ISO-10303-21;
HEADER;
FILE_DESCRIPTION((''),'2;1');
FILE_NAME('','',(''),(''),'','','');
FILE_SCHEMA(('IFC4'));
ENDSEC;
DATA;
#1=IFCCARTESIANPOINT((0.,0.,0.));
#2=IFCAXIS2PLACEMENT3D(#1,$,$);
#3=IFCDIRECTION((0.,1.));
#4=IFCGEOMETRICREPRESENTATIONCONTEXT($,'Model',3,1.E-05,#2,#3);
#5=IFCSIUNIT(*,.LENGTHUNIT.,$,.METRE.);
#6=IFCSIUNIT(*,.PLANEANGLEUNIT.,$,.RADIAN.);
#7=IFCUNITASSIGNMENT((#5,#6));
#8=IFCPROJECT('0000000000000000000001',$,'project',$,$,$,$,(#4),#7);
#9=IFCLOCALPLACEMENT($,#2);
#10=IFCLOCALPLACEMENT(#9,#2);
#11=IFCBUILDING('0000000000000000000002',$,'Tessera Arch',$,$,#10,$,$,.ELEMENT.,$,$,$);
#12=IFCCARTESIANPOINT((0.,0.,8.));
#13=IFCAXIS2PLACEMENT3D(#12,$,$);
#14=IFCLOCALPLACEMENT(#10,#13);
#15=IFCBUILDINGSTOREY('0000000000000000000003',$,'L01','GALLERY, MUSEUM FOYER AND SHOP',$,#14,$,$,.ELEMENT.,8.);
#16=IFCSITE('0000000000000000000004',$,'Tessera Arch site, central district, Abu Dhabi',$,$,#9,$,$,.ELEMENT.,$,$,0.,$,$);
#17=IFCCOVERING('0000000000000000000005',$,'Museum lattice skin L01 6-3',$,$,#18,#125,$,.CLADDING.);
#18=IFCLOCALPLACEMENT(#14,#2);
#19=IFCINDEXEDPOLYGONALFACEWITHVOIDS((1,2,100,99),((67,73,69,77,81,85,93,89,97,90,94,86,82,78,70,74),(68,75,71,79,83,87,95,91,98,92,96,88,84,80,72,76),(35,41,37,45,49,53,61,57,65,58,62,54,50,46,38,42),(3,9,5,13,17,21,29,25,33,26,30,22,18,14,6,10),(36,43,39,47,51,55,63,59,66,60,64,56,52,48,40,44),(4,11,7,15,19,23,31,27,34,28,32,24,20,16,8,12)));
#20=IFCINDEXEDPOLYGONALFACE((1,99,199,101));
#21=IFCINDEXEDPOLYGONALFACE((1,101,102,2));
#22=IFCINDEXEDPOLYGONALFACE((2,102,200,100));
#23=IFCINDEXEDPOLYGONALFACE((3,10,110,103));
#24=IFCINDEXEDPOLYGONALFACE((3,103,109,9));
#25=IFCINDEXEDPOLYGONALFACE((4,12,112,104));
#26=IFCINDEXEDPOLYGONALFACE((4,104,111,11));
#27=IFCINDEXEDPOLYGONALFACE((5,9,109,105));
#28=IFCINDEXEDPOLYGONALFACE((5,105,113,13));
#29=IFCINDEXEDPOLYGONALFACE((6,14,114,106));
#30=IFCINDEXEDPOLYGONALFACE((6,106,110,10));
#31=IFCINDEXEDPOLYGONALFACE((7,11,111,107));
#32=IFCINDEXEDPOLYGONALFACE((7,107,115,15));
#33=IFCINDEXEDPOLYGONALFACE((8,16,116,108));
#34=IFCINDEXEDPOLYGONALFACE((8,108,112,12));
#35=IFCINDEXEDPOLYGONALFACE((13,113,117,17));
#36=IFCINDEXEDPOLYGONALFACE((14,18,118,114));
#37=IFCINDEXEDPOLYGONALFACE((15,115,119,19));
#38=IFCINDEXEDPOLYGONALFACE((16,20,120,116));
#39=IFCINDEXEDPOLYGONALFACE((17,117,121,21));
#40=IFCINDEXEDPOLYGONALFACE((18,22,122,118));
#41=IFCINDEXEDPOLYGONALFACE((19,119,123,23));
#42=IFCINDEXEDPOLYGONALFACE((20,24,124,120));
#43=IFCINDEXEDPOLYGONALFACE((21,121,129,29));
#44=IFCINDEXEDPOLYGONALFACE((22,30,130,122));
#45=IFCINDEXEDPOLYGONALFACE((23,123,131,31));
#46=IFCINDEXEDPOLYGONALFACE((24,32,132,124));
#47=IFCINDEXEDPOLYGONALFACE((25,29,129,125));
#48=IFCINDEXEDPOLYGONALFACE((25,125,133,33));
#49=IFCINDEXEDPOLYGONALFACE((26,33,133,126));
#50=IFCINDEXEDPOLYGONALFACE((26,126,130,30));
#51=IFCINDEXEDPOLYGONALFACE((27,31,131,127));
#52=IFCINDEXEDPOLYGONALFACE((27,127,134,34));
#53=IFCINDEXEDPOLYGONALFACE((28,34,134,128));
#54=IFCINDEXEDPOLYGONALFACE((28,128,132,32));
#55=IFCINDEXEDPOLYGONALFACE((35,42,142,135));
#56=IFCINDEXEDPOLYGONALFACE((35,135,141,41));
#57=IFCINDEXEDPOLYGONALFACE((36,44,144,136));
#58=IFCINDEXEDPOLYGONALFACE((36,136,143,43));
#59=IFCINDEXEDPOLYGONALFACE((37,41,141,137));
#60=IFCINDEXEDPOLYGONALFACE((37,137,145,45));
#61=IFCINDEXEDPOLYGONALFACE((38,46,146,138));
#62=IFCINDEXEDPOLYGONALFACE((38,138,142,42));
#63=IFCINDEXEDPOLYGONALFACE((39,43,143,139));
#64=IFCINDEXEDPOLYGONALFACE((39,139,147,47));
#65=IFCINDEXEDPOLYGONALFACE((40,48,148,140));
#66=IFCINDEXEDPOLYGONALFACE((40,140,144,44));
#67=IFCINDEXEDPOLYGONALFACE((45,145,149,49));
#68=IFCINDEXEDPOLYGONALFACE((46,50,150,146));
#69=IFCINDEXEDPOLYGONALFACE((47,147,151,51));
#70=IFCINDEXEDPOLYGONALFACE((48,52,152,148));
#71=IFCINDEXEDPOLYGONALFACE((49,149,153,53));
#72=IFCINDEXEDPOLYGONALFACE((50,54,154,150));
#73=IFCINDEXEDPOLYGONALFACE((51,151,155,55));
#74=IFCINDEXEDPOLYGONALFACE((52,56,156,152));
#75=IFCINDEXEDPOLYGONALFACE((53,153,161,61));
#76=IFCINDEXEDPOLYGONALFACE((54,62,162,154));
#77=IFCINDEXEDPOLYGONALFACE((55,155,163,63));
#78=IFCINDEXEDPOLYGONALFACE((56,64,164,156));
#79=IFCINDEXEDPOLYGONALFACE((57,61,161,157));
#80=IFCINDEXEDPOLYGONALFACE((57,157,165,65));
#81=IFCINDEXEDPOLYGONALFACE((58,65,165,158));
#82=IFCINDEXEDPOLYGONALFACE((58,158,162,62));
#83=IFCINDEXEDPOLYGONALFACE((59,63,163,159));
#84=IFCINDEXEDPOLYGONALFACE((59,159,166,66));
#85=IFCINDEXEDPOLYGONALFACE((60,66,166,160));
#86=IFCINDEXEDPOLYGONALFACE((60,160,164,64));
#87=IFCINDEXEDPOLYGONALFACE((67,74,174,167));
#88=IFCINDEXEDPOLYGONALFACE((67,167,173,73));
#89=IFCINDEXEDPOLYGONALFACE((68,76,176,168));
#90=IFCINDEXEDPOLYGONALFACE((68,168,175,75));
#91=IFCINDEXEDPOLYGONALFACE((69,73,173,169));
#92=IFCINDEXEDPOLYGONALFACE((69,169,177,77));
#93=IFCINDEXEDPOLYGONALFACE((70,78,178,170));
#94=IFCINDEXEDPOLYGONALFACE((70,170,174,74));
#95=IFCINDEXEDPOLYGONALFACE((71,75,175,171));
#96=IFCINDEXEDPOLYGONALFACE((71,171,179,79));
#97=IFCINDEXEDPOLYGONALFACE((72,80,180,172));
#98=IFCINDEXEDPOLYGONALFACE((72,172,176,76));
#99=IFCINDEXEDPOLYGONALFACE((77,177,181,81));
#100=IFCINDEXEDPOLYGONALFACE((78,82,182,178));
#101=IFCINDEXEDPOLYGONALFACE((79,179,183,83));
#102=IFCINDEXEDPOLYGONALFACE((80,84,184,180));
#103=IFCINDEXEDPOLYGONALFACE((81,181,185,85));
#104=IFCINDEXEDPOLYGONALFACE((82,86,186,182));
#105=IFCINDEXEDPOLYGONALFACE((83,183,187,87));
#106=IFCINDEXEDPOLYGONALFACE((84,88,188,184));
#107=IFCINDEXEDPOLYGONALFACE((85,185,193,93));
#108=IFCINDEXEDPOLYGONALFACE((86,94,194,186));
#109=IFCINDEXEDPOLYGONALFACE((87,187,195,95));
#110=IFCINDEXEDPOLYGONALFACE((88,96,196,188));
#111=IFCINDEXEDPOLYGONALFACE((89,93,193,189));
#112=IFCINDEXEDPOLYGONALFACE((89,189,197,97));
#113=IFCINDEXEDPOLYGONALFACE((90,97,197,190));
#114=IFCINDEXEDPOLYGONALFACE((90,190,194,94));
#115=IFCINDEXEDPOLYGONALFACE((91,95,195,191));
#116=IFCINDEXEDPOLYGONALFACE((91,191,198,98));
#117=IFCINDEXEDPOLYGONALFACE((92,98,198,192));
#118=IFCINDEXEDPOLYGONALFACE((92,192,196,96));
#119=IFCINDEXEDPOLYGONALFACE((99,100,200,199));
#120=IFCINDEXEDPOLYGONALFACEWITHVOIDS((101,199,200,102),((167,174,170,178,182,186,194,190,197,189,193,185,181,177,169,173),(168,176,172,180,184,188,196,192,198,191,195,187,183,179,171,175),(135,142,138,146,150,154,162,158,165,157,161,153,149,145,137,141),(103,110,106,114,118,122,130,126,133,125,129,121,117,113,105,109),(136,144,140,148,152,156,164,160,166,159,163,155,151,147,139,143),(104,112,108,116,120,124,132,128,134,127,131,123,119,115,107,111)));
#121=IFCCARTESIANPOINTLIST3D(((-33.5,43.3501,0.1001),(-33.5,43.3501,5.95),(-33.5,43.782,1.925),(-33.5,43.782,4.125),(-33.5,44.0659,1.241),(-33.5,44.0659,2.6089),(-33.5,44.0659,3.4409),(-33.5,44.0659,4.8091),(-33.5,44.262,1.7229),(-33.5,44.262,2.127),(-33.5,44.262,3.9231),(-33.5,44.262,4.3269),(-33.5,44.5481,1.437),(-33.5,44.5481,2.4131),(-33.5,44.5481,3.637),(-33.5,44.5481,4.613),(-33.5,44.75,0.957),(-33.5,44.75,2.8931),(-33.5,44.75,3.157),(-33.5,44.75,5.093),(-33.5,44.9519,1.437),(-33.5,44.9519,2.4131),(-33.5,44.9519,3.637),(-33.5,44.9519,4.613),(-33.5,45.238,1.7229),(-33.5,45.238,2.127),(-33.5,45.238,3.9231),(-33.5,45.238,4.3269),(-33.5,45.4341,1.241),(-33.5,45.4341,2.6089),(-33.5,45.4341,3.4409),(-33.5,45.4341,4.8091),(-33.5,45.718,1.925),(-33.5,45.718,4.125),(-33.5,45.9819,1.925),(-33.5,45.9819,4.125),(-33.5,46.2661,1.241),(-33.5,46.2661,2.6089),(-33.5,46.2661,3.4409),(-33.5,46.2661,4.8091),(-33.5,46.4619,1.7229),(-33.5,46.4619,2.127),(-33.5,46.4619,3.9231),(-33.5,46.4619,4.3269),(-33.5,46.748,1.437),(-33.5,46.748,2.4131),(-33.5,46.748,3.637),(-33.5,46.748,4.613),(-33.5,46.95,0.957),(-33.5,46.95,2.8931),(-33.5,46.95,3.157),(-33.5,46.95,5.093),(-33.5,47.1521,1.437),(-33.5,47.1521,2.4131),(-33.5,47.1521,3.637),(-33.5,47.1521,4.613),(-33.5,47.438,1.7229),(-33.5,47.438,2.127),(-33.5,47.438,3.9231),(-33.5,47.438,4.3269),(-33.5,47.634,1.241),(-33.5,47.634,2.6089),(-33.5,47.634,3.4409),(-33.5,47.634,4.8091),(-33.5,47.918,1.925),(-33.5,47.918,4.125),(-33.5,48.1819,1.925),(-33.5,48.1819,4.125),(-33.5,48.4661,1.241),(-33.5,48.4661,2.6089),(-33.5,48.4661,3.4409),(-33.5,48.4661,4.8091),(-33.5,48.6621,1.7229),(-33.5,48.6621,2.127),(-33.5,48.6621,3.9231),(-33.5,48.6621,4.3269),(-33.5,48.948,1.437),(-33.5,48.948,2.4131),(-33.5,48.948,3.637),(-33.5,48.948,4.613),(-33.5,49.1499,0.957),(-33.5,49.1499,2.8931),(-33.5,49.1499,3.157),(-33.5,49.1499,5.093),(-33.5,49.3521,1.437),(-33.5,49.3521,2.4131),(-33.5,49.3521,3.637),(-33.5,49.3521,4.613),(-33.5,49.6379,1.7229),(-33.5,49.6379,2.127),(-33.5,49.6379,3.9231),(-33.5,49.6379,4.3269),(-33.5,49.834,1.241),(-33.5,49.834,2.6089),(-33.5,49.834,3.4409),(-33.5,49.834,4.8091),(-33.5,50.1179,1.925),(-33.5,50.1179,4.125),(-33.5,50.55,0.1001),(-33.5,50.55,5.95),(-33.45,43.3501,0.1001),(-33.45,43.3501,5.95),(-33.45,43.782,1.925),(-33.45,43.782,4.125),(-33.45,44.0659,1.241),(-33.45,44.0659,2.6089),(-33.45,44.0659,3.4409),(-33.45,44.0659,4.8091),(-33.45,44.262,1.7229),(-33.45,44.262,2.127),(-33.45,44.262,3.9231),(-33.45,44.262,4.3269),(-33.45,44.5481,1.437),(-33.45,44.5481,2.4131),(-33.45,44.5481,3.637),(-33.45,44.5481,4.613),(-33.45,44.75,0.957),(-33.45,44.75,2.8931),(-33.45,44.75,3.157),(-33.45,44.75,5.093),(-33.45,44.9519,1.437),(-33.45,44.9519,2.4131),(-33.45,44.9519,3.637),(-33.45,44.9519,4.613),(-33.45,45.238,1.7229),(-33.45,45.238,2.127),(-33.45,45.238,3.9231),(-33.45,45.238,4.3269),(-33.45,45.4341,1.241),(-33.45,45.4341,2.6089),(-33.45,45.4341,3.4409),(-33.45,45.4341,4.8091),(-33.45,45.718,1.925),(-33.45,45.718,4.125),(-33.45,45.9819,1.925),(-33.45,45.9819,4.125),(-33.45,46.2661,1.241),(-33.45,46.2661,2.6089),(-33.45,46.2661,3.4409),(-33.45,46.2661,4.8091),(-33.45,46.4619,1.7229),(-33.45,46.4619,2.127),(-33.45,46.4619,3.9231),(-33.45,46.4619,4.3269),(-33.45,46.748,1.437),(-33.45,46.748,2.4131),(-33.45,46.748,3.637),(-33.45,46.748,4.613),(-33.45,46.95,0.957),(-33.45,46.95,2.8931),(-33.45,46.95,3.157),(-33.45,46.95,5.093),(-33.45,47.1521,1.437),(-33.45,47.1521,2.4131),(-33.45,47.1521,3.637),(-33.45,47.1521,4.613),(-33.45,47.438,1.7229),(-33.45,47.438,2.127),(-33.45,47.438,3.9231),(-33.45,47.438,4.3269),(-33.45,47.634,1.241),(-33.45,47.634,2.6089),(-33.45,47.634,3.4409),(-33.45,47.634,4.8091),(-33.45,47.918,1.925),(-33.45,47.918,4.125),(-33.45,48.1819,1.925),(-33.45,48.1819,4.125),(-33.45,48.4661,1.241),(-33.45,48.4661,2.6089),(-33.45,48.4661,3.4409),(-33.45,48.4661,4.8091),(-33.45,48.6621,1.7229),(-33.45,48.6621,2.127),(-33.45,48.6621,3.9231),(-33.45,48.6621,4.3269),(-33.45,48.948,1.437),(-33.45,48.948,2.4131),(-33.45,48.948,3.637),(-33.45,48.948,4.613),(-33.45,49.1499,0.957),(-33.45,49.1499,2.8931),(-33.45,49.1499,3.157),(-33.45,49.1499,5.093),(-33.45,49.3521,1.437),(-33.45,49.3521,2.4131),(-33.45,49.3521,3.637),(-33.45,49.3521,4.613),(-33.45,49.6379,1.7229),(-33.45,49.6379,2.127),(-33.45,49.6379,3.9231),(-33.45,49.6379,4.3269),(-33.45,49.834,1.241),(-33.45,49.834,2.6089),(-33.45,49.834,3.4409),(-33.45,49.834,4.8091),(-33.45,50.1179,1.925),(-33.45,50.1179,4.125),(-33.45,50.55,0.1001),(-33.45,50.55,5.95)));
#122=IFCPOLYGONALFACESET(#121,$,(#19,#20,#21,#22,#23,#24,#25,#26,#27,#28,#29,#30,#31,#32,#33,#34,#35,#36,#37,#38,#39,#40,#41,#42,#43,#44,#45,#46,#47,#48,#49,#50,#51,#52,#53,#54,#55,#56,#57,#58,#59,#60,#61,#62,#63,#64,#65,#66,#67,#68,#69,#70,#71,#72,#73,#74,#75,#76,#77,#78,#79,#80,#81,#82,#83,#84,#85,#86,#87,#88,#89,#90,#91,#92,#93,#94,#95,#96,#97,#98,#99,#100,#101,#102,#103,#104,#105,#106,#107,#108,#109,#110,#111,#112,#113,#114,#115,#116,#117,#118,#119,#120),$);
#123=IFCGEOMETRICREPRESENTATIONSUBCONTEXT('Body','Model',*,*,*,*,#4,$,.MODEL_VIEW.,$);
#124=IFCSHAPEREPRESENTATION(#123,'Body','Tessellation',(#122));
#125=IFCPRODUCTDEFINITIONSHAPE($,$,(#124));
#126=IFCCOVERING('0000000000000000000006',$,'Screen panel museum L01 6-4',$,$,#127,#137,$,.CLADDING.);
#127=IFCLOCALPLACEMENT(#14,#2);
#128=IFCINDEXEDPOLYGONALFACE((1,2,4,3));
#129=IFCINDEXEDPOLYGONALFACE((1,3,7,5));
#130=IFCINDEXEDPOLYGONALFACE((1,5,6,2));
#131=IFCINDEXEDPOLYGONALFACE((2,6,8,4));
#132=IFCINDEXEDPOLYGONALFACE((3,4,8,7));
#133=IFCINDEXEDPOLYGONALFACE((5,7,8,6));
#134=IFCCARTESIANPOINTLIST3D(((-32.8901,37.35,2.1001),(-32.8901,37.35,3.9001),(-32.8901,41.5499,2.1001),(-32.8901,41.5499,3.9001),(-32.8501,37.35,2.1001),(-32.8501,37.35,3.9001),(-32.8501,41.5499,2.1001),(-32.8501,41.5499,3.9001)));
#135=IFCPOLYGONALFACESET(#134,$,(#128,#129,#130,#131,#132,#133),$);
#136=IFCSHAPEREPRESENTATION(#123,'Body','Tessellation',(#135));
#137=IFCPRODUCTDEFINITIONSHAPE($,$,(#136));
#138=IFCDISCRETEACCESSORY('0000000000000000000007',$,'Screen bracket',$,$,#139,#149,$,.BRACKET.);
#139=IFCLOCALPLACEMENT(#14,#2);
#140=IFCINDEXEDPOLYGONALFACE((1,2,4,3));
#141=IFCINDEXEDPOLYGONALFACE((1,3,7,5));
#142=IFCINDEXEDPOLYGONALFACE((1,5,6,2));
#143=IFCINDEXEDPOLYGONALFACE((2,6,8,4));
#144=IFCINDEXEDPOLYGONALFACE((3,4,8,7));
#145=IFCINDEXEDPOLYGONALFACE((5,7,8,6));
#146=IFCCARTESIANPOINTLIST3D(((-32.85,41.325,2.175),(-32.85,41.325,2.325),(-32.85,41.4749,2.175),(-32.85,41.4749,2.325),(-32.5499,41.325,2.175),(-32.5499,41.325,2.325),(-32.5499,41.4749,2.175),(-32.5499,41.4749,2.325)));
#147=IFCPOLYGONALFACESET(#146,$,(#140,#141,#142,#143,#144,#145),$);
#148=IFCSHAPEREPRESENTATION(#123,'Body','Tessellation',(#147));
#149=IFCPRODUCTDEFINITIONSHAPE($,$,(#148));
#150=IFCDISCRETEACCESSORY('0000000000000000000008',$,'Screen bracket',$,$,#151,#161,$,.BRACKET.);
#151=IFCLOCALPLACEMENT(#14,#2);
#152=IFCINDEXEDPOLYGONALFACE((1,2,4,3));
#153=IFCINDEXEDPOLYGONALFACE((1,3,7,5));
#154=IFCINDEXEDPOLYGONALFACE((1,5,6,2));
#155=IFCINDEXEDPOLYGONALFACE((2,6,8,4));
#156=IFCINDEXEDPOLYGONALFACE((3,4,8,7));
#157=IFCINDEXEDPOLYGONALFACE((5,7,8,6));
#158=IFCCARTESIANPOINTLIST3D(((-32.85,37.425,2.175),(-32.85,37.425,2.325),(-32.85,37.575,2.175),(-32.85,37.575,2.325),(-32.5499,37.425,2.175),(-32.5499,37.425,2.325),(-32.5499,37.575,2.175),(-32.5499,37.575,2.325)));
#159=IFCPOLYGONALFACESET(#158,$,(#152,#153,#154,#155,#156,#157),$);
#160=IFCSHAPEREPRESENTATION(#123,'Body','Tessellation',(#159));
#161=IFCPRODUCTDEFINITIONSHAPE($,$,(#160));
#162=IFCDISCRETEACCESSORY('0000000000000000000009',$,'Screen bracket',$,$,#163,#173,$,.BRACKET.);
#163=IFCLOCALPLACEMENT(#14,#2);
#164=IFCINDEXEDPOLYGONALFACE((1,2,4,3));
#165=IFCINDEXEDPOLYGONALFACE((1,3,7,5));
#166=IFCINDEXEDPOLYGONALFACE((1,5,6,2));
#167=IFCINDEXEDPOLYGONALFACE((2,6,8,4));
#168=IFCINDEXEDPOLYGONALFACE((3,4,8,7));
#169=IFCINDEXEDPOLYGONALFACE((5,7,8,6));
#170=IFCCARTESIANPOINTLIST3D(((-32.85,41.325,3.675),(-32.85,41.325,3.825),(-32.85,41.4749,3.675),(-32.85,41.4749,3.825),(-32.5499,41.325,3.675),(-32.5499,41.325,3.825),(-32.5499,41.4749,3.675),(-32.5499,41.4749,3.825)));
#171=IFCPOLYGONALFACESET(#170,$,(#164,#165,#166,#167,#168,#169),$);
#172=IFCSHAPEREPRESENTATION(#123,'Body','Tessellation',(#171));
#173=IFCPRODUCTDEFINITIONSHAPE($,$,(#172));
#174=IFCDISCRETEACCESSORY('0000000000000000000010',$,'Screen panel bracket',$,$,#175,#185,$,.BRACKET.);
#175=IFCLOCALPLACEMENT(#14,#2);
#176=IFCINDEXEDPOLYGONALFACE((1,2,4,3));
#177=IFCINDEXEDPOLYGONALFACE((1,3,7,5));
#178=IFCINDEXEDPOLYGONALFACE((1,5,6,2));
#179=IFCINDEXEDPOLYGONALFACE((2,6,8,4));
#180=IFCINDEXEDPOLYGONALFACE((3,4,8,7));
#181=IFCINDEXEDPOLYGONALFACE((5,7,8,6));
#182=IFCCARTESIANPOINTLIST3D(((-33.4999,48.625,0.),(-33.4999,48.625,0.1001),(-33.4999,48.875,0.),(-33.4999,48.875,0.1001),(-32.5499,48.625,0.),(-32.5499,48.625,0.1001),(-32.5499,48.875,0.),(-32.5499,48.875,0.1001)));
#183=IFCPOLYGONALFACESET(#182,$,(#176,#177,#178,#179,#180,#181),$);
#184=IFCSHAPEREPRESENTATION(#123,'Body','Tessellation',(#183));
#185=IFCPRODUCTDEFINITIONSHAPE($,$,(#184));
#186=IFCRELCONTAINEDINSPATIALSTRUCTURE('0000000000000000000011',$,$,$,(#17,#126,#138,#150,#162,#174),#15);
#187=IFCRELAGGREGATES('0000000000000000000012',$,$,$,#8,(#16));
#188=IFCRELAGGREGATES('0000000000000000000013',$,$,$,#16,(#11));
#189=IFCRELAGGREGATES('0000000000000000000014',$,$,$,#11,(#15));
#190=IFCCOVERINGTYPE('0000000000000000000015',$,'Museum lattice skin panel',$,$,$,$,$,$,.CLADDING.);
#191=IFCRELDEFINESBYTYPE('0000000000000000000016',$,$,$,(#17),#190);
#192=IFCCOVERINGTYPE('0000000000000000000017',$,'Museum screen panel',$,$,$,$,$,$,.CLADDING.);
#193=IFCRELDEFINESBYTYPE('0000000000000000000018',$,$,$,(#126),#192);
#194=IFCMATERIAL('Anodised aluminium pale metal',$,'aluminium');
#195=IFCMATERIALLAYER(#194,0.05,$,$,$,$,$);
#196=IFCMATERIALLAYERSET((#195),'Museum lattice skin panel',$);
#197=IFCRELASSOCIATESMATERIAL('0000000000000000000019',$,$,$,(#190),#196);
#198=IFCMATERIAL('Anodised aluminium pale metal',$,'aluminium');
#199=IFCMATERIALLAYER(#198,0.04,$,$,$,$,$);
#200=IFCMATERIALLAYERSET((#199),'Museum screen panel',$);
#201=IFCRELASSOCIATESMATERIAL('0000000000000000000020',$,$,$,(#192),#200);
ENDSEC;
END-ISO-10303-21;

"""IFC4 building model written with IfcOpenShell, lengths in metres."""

from ifc_helpers import new_model, si_unit, direction, frame, origin, origin_2d, place, context, subcontext, project, spatial, polyline, rectangle, outline, extrude, material, layer, layer_set, type_object, element, save


model = new_model("IFC4")

# Units and contexts
model_context = context("Model", 3, precision=1e-05, world=origin(), true_north=direction((0.0, 1.0)))
body_context = subcontext(model_context, "Body", "Model", "MODEL_VIEW")
ifc_project = project(units=[si_unit("LENGTHUNIT", "METRE"), si_unit("PLANEANGLEUNIT", "RADIAN")], contexts=[model_context])

# Site, building, storey
site_placement = place(None, origin())
site = spatial("IfcSite", under=ifc_project, at=site_placement, Name="Tessera Arch site, central district, Abu Dhabi", CompositionType="ELEMENT", RefElevation=0.0)
building_placement = place(site_placement, origin())
building = spatial("IfcBuilding", under=site, at=building_placement, Name="Tessera Arch", CompositionType="ELEMENT")
storey_placement = place(building_placement, frame((0.0, 0.0, 8.0)))
storey = spatial("IfcBuildingStorey", under=building, at=storey_placement, Name="L01", Description="GALLERY, MUSEUM FOYER AND SHOP", CompositionType="ELEMENT", Elevation=8.0)

# Coverings
ifc_material_1 = material(Name="Anodised aluminium pale metal", Category="aluminium")
ifc_layer_1 = layer(ifc_material_1, 0.05)
ifc_layer_set_1 = layer_set([ifc_layer_1], Name="Museum lattice skin panel")
covering_type_1 = type_object("IfcCoveringType", Name="Museum lattice skin panel", PredefinedType="CLADDING", material=ifc_layer_set_1)
covering_1_placement = place(storey_placement, frame((-33.45, 50.55, 5.95), z_axis=(1.0, 0.0, 0.0), x_axis=(0.0, -1.0, 0.0)))
element("IfcCovering", 1, at=covering_1_placement, inside=storey, type_object=covering_type_1, Name="Museum lattice skin L01 6-3", PredefinedType="CLADDING", context=body_context, shape_type="SweptSolid", body=[
    extrude(outline(polyline([(0.0, 0.0), (7.2, 0.0), (7.2, 5.8499), (0.0, 5.8499), (0.0, 0.0)]), holes=[polyline([(2.3682, 4.0249), (1.8879, 3.823), (2.084, 3.3411), (1.6021, 3.5369), (1.4001, 3.0569), (1.198, 3.5369), (0.7161, 3.3411), (0.9121, 3.823), (0.4321, 4.0249), (0.9121, 4.2271), (0.7161, 4.709), (1.198, 4.5129), (1.4001, 4.9929), (1.6021, 4.5129), (2.084, 4.709), (1.8879, 4.2271), (2.3682, 4.0249)]), polyline([(2.3682, 1.825), (1.8879, 1.623), (2.084, 1.1409), (1.6021, 1.3369), (1.4001, 0.8569), (1.198, 1.3369), (0.7161, 1.1409), (0.9121, 1.623), (0.4321, 1.825), (0.9121, 2.0269), (0.7161, 2.509), (1.198, 2.313), (1.4001, 2.793), (1.6021, 2.313), (2.084, 2.509), (1.8879, 2.0269), (2.3682, 1.825)]), polyline([(4.5681, 4.0249), (4.0881, 3.823), (4.2839, 3.3411), (3.802, 3.5369), (3.6001, 3.0569), (3.3979, 3.5369), (2.916, 3.3411), (3.1121, 3.823), (2.6321, 4.0249), (3.1121, 4.2271), (2.916, 4.709), (3.3979, 4.5129), (3.6001, 4.9929), (3.802, 4.5129), (4.2839, 4.709), (4.0881, 4.2271), (4.5681, 4.0249)]), polyline([(4.5681, 1.825), (4.0881, 1.623), (4.2839, 1.1409), (3.802, 1.3369), (3.6001, 0.8569), (3.3979, 1.3369), (2.916, 1.1409), (3.1121, 1.623), (2.6321, 1.825), (3.1121, 2.0269), (2.916, 2.509), (3.3979, 2.313), (3.6001, 2.793), (3.802, 2.313), (4.2839, 2.509), (4.0881, 2.0269), (4.5681, 1.825)]), polyline([(6.7681, 4.0249), (6.2881, 3.823), (6.4841, 3.3411), (6.002, 3.5369), (5.8, 3.0569), (5.5981, 3.5369), (5.116, 3.3411), (5.312, 3.823), (4.832, 4.0249), (5.312, 4.2271), (5.116, 4.709), (5.5981, 4.5129), (5.8, 4.9929), (6.002, 4.5129), (6.4841, 4.709), (6.2881, 4.2271), (6.7681, 4.0249)]), polyline([(6.7681, 1.825), (6.2881, 1.623), (6.4841, 1.1409), (6.002, 1.3369), (5.8, 0.8569), (5.5981, 1.3369), (5.116, 1.1409), (5.312, 1.623), (4.832, 1.825), (5.312, 2.0269), (5.116, 2.509), (5.5981, 2.313), (5.8, 2.793), (6.002, 2.313), (6.4841, 2.509), (6.2881, 2.0269), (6.7681, 1.825)])]), origin(), (0.0, 0.0, -1.0), 0.05),
])
ifc_material_2 = material(Name="Anodised aluminium pale metal", Category="aluminium")
ifc_layer_2 = layer(ifc_material_2, 0.04)
ifc_layer_set_2 = layer_set([ifc_layer_2], Name="Museum screen panel")
covering_type_2 = type_object("IfcCoveringType", Name="Museum screen panel", PredefinedType="CLADDING", material=ifc_layer_set_2)
covering_2_placement = place(storey_placement, frame((-32.8701, 39.45, 2.1001), z_axis=(0.0, 0.0, 1.0), x_axis=(0.0, -1.0, 0.0)))
element("IfcCovering", 2, at=covering_2_placement, inside=storey, type_object=covering_type_2, Name="Screen panel museum L01 6-4", PredefinedType="CLADDING", context=body_context, shape_type="SweptSolid", body=[
    extrude(rectangle(XDim=4.2, YDim=0.04, at=origin_2d()), origin(), (0.0, 0.0, 1.0), 1.8),
])

# Discrete accessories
for number, where, z_axis, x_axis, name in (
    (3, (-32.7, 41.3999, 2.175), (0.0, 0.0, 1.0), (-1.0, 0.0, 0.0), "Screen bracket"),
    (4, (-32.7, 37.5, 2.175), (0.0, 0.0, 1.0), (-1.0, 0.0, 0.0), "Screen bracket"),
    (5, (-32.7, 41.3999, 3.675), (0.0, 0.0, 1.0), (-1.0, 0.0, 0.0), "Screen bracket"),
):
    element("IfcDiscreteAccessory", number, at=place(storey_placement, frame(where, z_axis=z_axis, x_axis=x_axis)), inside=storey, Name=name, PredefinedType="BRACKET", context=body_context, shape_type="SweptSolid", body=[
        extrude(rectangle(XDim=0.3, YDim=0.1499, at=origin_2d()), origin(), (0.0, 0.0, 1.0), 0.1499),
    ])
for number, where, z_axis, x_axis, name in (
    (6, (-33.0249, 48.75, 0.0), (0.0, 0.0, 1.0), (-1.0, 0.0, 0.0), "Screen panel bracket"),
):
    element("IfcDiscreteAccessory", number, at=place(storey_placement, frame(where, z_axis=z_axis, x_axis=x_axis)), inside=storey, Name=name, PredefinedType="BRACKET", context=body_context, shape_type="SweptSolid", body=[
        extrude(rectangle(XDim=0.95, YDim=0.25, at=origin_2d()), origin(), (0.0, 0.0, 1.0), 0.1001),
    ])

save(model, "model.ifc")
